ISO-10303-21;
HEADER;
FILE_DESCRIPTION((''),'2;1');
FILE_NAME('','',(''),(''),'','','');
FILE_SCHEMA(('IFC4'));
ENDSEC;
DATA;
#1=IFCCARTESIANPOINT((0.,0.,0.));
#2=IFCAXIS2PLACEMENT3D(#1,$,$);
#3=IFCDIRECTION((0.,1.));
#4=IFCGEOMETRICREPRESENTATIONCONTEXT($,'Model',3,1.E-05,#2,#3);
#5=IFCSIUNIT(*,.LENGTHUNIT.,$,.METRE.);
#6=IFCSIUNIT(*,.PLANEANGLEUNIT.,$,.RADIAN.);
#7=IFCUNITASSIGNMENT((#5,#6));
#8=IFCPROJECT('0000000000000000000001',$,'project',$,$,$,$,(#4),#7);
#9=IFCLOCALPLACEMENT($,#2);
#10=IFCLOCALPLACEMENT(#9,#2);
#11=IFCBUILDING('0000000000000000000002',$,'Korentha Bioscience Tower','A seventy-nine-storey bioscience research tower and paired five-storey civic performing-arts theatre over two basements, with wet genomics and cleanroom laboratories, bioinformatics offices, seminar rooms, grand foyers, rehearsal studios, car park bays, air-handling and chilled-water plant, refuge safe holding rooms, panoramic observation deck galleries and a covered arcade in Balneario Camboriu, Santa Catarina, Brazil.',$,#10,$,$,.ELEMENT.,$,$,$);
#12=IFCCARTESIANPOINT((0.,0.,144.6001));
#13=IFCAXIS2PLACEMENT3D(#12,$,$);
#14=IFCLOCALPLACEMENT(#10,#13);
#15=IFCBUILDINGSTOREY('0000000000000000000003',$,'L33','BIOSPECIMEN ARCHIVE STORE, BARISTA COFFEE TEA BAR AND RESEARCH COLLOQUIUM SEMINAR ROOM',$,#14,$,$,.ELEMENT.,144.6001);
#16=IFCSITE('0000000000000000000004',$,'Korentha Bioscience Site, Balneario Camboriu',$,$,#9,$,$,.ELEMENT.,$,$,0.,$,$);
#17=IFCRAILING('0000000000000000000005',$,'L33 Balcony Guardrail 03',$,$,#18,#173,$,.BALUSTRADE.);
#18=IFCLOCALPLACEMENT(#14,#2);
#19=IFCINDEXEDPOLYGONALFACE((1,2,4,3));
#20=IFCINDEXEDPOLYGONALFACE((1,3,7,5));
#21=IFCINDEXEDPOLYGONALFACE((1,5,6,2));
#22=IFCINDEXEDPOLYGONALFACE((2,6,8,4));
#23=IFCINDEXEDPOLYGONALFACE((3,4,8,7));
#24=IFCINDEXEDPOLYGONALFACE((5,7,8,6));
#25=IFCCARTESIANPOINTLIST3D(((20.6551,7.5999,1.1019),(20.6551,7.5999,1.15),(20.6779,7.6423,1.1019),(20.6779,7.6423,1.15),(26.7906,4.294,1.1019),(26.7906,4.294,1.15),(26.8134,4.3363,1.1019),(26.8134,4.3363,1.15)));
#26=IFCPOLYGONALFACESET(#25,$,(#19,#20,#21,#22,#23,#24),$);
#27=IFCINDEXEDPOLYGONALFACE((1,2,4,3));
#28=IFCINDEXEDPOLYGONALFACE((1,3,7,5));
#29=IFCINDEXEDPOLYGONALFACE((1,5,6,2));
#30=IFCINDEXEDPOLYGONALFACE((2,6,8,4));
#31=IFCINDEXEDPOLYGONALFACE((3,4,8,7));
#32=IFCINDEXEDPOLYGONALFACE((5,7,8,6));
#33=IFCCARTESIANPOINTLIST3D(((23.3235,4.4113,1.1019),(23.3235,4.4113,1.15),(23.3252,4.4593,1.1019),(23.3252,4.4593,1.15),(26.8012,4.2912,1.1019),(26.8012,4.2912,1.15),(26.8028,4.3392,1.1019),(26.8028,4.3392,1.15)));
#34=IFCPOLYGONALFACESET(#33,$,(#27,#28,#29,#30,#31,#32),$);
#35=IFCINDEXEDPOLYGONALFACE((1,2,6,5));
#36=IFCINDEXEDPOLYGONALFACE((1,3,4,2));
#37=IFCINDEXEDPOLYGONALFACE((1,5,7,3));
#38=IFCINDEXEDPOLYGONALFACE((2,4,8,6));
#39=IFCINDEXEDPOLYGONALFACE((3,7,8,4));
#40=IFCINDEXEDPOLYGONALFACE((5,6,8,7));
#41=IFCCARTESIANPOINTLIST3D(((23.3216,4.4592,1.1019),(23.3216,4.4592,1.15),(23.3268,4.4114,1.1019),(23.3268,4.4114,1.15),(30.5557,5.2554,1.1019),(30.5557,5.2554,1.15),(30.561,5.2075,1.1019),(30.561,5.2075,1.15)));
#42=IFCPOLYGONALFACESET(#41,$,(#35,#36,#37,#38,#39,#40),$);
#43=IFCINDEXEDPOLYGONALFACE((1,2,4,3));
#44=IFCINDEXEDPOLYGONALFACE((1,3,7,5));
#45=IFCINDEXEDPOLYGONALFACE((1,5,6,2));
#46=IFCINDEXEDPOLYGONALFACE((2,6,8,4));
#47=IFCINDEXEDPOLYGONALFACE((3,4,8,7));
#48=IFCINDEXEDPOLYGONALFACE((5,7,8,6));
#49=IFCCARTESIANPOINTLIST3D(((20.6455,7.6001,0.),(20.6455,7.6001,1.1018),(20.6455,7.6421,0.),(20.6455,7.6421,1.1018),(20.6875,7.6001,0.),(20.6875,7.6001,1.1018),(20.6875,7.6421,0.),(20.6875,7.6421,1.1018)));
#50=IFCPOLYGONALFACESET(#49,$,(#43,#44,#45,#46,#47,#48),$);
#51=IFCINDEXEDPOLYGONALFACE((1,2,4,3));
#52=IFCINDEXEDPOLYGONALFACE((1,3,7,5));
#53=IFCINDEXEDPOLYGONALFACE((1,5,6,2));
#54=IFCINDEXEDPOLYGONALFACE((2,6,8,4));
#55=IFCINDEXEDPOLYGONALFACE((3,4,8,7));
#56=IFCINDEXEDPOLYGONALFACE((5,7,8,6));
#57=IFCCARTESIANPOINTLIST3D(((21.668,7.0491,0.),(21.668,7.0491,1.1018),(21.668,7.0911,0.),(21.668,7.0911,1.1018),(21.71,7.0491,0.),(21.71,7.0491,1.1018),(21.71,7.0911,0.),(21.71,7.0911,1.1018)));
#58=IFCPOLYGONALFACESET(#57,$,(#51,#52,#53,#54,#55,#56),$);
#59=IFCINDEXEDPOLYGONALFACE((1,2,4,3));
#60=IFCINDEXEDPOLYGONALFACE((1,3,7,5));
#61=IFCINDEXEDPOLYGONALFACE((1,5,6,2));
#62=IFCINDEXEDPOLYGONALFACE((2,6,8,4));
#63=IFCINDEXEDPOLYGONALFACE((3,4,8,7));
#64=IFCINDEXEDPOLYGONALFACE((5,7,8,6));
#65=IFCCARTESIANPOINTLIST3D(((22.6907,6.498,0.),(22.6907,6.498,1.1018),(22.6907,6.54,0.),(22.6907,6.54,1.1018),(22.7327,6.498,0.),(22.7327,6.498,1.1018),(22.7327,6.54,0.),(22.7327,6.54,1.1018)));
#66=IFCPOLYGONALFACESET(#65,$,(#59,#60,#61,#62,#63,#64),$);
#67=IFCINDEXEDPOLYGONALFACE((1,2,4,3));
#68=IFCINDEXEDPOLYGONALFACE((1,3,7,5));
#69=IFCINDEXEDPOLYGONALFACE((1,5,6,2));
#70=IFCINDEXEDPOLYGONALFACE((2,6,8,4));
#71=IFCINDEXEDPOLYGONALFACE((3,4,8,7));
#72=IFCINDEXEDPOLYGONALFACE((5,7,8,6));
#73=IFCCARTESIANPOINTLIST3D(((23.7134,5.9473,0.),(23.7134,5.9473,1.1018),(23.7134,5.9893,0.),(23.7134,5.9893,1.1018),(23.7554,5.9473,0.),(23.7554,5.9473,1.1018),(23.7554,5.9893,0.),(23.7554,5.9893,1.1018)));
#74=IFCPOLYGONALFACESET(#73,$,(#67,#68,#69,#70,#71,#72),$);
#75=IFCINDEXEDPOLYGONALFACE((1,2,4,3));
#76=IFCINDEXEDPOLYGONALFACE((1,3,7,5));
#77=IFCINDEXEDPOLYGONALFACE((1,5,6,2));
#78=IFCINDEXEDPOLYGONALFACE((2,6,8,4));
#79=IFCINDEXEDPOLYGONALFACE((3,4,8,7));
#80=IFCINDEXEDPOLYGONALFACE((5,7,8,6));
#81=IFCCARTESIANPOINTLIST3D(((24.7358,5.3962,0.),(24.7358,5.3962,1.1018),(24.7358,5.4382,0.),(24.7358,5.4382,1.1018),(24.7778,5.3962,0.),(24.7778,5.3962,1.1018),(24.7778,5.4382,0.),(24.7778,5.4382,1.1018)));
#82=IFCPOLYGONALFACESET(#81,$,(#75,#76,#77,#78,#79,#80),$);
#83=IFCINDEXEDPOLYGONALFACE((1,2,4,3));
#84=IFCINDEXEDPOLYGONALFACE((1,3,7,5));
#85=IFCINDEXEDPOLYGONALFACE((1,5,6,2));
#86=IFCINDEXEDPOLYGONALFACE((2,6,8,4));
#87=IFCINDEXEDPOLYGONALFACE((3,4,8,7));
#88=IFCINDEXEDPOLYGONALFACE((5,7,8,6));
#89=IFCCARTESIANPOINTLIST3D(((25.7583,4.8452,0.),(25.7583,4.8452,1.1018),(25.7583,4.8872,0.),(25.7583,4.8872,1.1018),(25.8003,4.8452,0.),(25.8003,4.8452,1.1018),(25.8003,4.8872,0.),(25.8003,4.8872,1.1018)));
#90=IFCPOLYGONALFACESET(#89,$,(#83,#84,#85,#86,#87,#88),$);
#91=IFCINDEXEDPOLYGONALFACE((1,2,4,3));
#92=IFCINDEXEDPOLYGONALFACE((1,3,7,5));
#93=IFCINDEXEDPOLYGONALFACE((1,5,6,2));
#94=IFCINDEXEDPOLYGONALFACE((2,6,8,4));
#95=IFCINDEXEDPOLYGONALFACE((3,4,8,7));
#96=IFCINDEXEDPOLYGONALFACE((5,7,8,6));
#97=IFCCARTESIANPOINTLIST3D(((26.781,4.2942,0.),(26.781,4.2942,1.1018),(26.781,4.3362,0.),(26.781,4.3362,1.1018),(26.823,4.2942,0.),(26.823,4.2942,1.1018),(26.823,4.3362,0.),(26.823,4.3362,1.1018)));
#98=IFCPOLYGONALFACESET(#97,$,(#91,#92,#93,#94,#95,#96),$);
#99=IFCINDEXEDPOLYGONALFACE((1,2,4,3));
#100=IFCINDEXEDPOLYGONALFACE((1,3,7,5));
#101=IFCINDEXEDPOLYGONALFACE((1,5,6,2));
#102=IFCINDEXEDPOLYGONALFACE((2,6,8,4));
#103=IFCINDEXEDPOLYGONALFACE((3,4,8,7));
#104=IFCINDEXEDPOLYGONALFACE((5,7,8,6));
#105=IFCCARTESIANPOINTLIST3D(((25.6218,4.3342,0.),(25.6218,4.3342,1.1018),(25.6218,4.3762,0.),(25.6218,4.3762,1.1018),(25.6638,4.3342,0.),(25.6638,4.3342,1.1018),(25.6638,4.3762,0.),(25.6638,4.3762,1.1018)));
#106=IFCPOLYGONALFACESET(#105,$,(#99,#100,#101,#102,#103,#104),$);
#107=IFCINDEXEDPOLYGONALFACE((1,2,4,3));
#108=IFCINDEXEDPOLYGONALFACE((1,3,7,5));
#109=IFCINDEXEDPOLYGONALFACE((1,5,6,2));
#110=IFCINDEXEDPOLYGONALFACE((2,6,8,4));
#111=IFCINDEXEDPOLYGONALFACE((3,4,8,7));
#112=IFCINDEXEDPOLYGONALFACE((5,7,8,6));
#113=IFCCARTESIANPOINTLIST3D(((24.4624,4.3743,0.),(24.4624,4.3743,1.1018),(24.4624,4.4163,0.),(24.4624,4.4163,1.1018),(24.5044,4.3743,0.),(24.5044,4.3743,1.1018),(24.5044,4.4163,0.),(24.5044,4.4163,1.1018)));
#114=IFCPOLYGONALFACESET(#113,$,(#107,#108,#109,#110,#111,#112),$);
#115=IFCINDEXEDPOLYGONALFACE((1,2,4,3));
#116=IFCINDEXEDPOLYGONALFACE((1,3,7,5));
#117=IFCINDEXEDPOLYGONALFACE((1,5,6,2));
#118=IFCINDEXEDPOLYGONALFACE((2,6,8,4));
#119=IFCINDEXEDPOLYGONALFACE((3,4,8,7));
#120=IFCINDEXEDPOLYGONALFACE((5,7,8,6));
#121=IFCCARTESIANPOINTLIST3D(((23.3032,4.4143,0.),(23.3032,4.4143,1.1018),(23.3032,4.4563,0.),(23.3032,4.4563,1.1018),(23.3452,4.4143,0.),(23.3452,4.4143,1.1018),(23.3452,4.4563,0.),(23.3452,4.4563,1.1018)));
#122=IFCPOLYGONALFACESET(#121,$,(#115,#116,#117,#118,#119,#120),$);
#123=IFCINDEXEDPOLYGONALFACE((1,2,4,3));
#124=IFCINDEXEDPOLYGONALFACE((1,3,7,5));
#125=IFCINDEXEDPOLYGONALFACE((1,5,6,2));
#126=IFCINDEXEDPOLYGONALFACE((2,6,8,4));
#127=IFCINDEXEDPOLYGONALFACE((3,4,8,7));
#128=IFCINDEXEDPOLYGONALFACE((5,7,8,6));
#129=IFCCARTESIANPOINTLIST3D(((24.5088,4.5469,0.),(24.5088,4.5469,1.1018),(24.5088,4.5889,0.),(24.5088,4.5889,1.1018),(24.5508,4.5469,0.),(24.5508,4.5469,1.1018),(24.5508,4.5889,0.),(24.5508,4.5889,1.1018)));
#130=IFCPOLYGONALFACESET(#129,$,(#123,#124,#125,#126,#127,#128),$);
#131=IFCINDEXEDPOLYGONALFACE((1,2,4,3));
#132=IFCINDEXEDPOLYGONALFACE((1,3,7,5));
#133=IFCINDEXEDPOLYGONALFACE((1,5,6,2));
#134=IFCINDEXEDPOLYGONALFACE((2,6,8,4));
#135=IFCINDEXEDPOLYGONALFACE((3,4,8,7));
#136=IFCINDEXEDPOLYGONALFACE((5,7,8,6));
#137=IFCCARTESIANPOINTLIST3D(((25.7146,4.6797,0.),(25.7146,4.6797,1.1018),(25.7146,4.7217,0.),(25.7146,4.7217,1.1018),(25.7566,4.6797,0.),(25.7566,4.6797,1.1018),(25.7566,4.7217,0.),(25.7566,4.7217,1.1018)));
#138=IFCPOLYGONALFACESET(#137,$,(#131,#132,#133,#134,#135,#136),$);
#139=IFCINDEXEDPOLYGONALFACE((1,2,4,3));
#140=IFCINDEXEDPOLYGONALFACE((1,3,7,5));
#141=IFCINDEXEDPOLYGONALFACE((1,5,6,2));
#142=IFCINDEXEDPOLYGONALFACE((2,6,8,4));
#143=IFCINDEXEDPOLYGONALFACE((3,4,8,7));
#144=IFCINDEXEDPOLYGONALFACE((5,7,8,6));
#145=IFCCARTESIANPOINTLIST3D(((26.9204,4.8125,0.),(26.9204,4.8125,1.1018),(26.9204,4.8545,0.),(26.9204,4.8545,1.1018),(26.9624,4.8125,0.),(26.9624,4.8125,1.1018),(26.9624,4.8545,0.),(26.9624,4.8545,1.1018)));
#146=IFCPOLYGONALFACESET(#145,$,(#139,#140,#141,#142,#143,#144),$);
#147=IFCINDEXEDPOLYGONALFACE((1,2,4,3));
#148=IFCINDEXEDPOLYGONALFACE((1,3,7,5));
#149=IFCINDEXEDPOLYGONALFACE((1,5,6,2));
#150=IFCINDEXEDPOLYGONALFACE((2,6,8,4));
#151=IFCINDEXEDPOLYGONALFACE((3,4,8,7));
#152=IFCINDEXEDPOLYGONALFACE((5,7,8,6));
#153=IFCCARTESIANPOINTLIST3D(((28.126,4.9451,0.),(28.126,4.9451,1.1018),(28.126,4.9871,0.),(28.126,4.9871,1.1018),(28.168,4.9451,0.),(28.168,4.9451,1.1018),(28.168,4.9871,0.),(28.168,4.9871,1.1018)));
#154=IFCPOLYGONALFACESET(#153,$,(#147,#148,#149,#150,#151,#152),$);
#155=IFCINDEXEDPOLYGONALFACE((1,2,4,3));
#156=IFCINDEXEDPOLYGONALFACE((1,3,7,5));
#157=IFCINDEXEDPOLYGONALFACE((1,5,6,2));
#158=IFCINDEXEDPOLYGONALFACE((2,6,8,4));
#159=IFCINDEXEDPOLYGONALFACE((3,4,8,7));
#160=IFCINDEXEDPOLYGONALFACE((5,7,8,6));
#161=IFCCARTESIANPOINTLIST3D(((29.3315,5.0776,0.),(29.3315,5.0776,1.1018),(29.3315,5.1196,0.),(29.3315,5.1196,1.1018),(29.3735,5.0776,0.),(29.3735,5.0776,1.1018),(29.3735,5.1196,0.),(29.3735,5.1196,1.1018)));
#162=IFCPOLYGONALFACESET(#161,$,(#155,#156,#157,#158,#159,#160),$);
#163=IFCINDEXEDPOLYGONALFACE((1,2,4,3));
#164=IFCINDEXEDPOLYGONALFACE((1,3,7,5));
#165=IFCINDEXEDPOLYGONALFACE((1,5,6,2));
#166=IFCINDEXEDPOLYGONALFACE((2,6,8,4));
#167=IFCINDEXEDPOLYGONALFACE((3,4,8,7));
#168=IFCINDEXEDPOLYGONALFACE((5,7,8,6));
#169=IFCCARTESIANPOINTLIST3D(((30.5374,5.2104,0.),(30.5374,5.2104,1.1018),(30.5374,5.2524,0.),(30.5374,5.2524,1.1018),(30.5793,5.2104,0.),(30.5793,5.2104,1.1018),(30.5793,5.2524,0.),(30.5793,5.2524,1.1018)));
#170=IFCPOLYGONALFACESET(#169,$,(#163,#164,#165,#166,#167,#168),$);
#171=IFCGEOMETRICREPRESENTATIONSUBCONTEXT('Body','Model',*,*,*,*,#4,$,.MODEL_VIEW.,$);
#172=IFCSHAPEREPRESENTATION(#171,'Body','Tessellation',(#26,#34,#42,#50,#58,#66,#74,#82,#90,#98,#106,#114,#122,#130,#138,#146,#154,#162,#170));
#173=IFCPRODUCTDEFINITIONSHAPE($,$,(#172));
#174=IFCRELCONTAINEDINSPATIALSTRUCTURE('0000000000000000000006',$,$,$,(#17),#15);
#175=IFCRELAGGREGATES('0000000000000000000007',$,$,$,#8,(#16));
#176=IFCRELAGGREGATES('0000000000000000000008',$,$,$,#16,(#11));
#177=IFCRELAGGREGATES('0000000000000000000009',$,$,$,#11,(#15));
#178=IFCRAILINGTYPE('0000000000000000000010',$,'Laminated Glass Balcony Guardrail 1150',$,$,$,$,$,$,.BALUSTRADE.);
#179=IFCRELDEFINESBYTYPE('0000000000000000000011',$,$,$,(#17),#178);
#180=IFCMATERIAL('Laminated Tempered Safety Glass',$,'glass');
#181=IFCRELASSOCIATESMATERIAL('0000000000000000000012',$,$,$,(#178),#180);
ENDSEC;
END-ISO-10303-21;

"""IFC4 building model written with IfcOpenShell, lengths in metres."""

from ifc_helpers import new_model, si_unit, direction, frame, origin, origin_2d, place, context, subcontext, project, spatial, rectangle, extrude, material, type_object, element, save


model = new_model("IFC4")

# Units and contexts
model_context = context("Model", 3, precision=1e-05, world=origin(), true_north=direction((0.0, 1.0)))
body_context = subcontext(model_context, "Body", "Model", "MODEL_VIEW")
ifc_project = project(units=[si_unit("LENGTHUNIT", "METRE"), si_unit("PLANEANGLEUNIT", "RADIAN")], contexts=[model_context])

# Site, building, storey
site_placement = place(None, origin())
site = spatial("IfcSite", under=ifc_project, at=site_placement, Name="Korentha Bioscience Site, Balneario Camboriu", CompositionType="ELEMENT", RefElevation=0.0)
building_placement = place(site_placement, origin())
building = spatial("IfcBuilding", under=site, at=building_placement, Name="Korentha Bioscience Tower", Description="A seventy-nine-storey bioscience research tower and paired five-storey civic performing-arts theatre over two basements, with wet genomics and cleanroom laboratories, bioinformatics offices, seminar rooms, grand foyers, rehearsal studios, car park bays, air-handling and chilled-water plant, refuge safe holding rooms, panoramic observation deck galleries and a covered arcade in Balneario Camboriu, Santa Catarina, Brazil.", CompositionType="ELEMENT")
storey_placement = place(building_placement, frame((0.0, 0.0, 144.6001)))
storey = spatial("IfcBuildingStorey", under=building, at=storey_placement, Name="L33", Description="BIOSPECIMEN ARCHIVE STORE, BARISTA COFFEE TEA BAR AND RESEARCH COLLOQUIUM SEMINAR ROOM", CompositionType="ELEMENT", Elevation=144.6001)

# Railing
ifc_material_1 = material(Name="Laminated Tempered Safety Glass", Category="glass")
railing_type = type_object("IfcRailingType", Name="Laminated Glass Balcony Guardrail 1150", PredefinedType="BALUSTRADE", material=ifc_material_1)
railing_placement = place(storey_placement, frame((20.6665, 7.6211, 0.0)))
element("IfcRailing", 1, at=railing_placement, inside=storey, type_object=railing_type, Name="L33 Balcony Guardrail 03", PredefinedType="BALUSTRADE", context=body_context, shape_type="SweptSolid", body=[
    extrude(rectangle(XDim=0.0481, YDim=0.0481, at=origin_2d()), frame((0.0, 0.0, 1.126), z_axis=(0.880341, -0.474342, 0.0), x_axis=(0.474342, 0.880341, 0.0)), (0.0, 0.0, 1.0), 6.9695),
    extrude(rectangle(XDim=0.0481, YDim=0.0481, at=origin_2d()), frame((6.1355, -3.3059, 1.126), z_axis=(-0.999404, 0.034518, 0.0), x_axis=(-0.034518, -0.999404, 0.0)), (0.0, 0.0, 1.0), 3.4797),
    extrude(rectangle(XDim=0.0481, YDim=0.0481, at=origin_2d()), frame((2.6577, -3.1858, 1.126), z_axis=(0.993999, 0.109393, 0.0), x_axis=(-0.109393, 0.993999, 0.0)), (0.0, 0.0, 1.0), 7.2778),
    extrude(rectangle(XDim=0.042, YDim=0.042, at=origin_2d()), origin(), (0.0, 0.0, 1.0), 1.1018),
    extrude(rectangle(XDim=0.042, YDim=0.042, at=origin_2d()), frame((1.0225, -0.551, 0.0)), (0.0, 0.0, 1.0), 1.1018),
    extrude(rectangle(XDim=0.042, YDim=0.042, at=origin_2d()), frame((2.0452, -1.1021, 0.0)), (0.0, 0.0, 1.0), 1.1018),
    extrude(rectangle(XDim=0.042, YDim=0.042, at=origin_2d()), frame((3.0679, -1.6528, 0.0)), (0.0, 0.0, 1.0), 1.1018),
    extrude(rectangle(XDim=0.042, YDim=0.042, at=origin_2d()), frame((4.0903, -2.2039, 0.0)), (0.0, 0.0, 1.0), 1.1018),
    extrude(rectangle(XDim=0.042, YDim=0.042, at=origin_2d()), frame((5.1128, -2.7549, 0.0)), (0.0, 0.0, 1.0), 1.1018),
    extrude(rectangle(XDim=0.042, YDim=0.042, at=origin_2d()), frame((6.1355, -3.3059, 0.0)), (0.0, 0.0, 1.0), 1.1018),
    extrude(rectangle(XDim=0.042, YDim=0.042, at=origin_2d()), frame((4.9763, -3.2659, 0.0)), (0.0, 0.0, 1.0), 1.1018),
    extrude(rectangle(XDim=0.042, YDim=0.042, at=origin_2d()), frame((3.8169, -3.2258, 0.0)), (0.0, 0.0, 1.0), 1.1018),
    extrude(rectangle(XDim=0.042, YDim=0.042, at=origin_2d()), frame((2.6577, -3.1858, 0.0)), (0.0, 0.0, 1.0), 1.1018),
    extrude(rectangle(XDim=0.042, YDim=0.042, at=origin_2d()), frame((3.8633, -3.0532, 0.0)), (0.0, 0.0, 1.0), 1.1018),
    extrude(rectangle(XDim=0.042, YDim=0.042, at=origin_2d()), frame((5.0691, -2.9204, 0.0)), (0.0, 0.0, 1.0), 1.1018),
    extrude(rectangle(XDim=0.042, YDim=0.042, at=origin_2d()), frame((6.2749, -2.7876, 0.0)), (0.0, 0.0, 1.0), 1.1018),
    extrude(rectangle(XDim=0.042, YDim=0.042, at=origin_2d()), frame((7.4805, -2.655, 0.0)), (0.0, 0.0, 1.0), 1.1018),
    extrude(rectangle(XDim=0.042, YDim=0.042, at=origin_2d()), frame((8.686, -2.5225, 0.0)), (0.0, 0.0, 1.0), 1.1018),
    extrude(rectangle(XDim=0.042, YDim=0.042, at=origin_2d()), frame((9.8918, -2.3896, 0.0)), (0.0, 0.0, 1.0), 1.1018),
])

save(model, "model.ifc")
